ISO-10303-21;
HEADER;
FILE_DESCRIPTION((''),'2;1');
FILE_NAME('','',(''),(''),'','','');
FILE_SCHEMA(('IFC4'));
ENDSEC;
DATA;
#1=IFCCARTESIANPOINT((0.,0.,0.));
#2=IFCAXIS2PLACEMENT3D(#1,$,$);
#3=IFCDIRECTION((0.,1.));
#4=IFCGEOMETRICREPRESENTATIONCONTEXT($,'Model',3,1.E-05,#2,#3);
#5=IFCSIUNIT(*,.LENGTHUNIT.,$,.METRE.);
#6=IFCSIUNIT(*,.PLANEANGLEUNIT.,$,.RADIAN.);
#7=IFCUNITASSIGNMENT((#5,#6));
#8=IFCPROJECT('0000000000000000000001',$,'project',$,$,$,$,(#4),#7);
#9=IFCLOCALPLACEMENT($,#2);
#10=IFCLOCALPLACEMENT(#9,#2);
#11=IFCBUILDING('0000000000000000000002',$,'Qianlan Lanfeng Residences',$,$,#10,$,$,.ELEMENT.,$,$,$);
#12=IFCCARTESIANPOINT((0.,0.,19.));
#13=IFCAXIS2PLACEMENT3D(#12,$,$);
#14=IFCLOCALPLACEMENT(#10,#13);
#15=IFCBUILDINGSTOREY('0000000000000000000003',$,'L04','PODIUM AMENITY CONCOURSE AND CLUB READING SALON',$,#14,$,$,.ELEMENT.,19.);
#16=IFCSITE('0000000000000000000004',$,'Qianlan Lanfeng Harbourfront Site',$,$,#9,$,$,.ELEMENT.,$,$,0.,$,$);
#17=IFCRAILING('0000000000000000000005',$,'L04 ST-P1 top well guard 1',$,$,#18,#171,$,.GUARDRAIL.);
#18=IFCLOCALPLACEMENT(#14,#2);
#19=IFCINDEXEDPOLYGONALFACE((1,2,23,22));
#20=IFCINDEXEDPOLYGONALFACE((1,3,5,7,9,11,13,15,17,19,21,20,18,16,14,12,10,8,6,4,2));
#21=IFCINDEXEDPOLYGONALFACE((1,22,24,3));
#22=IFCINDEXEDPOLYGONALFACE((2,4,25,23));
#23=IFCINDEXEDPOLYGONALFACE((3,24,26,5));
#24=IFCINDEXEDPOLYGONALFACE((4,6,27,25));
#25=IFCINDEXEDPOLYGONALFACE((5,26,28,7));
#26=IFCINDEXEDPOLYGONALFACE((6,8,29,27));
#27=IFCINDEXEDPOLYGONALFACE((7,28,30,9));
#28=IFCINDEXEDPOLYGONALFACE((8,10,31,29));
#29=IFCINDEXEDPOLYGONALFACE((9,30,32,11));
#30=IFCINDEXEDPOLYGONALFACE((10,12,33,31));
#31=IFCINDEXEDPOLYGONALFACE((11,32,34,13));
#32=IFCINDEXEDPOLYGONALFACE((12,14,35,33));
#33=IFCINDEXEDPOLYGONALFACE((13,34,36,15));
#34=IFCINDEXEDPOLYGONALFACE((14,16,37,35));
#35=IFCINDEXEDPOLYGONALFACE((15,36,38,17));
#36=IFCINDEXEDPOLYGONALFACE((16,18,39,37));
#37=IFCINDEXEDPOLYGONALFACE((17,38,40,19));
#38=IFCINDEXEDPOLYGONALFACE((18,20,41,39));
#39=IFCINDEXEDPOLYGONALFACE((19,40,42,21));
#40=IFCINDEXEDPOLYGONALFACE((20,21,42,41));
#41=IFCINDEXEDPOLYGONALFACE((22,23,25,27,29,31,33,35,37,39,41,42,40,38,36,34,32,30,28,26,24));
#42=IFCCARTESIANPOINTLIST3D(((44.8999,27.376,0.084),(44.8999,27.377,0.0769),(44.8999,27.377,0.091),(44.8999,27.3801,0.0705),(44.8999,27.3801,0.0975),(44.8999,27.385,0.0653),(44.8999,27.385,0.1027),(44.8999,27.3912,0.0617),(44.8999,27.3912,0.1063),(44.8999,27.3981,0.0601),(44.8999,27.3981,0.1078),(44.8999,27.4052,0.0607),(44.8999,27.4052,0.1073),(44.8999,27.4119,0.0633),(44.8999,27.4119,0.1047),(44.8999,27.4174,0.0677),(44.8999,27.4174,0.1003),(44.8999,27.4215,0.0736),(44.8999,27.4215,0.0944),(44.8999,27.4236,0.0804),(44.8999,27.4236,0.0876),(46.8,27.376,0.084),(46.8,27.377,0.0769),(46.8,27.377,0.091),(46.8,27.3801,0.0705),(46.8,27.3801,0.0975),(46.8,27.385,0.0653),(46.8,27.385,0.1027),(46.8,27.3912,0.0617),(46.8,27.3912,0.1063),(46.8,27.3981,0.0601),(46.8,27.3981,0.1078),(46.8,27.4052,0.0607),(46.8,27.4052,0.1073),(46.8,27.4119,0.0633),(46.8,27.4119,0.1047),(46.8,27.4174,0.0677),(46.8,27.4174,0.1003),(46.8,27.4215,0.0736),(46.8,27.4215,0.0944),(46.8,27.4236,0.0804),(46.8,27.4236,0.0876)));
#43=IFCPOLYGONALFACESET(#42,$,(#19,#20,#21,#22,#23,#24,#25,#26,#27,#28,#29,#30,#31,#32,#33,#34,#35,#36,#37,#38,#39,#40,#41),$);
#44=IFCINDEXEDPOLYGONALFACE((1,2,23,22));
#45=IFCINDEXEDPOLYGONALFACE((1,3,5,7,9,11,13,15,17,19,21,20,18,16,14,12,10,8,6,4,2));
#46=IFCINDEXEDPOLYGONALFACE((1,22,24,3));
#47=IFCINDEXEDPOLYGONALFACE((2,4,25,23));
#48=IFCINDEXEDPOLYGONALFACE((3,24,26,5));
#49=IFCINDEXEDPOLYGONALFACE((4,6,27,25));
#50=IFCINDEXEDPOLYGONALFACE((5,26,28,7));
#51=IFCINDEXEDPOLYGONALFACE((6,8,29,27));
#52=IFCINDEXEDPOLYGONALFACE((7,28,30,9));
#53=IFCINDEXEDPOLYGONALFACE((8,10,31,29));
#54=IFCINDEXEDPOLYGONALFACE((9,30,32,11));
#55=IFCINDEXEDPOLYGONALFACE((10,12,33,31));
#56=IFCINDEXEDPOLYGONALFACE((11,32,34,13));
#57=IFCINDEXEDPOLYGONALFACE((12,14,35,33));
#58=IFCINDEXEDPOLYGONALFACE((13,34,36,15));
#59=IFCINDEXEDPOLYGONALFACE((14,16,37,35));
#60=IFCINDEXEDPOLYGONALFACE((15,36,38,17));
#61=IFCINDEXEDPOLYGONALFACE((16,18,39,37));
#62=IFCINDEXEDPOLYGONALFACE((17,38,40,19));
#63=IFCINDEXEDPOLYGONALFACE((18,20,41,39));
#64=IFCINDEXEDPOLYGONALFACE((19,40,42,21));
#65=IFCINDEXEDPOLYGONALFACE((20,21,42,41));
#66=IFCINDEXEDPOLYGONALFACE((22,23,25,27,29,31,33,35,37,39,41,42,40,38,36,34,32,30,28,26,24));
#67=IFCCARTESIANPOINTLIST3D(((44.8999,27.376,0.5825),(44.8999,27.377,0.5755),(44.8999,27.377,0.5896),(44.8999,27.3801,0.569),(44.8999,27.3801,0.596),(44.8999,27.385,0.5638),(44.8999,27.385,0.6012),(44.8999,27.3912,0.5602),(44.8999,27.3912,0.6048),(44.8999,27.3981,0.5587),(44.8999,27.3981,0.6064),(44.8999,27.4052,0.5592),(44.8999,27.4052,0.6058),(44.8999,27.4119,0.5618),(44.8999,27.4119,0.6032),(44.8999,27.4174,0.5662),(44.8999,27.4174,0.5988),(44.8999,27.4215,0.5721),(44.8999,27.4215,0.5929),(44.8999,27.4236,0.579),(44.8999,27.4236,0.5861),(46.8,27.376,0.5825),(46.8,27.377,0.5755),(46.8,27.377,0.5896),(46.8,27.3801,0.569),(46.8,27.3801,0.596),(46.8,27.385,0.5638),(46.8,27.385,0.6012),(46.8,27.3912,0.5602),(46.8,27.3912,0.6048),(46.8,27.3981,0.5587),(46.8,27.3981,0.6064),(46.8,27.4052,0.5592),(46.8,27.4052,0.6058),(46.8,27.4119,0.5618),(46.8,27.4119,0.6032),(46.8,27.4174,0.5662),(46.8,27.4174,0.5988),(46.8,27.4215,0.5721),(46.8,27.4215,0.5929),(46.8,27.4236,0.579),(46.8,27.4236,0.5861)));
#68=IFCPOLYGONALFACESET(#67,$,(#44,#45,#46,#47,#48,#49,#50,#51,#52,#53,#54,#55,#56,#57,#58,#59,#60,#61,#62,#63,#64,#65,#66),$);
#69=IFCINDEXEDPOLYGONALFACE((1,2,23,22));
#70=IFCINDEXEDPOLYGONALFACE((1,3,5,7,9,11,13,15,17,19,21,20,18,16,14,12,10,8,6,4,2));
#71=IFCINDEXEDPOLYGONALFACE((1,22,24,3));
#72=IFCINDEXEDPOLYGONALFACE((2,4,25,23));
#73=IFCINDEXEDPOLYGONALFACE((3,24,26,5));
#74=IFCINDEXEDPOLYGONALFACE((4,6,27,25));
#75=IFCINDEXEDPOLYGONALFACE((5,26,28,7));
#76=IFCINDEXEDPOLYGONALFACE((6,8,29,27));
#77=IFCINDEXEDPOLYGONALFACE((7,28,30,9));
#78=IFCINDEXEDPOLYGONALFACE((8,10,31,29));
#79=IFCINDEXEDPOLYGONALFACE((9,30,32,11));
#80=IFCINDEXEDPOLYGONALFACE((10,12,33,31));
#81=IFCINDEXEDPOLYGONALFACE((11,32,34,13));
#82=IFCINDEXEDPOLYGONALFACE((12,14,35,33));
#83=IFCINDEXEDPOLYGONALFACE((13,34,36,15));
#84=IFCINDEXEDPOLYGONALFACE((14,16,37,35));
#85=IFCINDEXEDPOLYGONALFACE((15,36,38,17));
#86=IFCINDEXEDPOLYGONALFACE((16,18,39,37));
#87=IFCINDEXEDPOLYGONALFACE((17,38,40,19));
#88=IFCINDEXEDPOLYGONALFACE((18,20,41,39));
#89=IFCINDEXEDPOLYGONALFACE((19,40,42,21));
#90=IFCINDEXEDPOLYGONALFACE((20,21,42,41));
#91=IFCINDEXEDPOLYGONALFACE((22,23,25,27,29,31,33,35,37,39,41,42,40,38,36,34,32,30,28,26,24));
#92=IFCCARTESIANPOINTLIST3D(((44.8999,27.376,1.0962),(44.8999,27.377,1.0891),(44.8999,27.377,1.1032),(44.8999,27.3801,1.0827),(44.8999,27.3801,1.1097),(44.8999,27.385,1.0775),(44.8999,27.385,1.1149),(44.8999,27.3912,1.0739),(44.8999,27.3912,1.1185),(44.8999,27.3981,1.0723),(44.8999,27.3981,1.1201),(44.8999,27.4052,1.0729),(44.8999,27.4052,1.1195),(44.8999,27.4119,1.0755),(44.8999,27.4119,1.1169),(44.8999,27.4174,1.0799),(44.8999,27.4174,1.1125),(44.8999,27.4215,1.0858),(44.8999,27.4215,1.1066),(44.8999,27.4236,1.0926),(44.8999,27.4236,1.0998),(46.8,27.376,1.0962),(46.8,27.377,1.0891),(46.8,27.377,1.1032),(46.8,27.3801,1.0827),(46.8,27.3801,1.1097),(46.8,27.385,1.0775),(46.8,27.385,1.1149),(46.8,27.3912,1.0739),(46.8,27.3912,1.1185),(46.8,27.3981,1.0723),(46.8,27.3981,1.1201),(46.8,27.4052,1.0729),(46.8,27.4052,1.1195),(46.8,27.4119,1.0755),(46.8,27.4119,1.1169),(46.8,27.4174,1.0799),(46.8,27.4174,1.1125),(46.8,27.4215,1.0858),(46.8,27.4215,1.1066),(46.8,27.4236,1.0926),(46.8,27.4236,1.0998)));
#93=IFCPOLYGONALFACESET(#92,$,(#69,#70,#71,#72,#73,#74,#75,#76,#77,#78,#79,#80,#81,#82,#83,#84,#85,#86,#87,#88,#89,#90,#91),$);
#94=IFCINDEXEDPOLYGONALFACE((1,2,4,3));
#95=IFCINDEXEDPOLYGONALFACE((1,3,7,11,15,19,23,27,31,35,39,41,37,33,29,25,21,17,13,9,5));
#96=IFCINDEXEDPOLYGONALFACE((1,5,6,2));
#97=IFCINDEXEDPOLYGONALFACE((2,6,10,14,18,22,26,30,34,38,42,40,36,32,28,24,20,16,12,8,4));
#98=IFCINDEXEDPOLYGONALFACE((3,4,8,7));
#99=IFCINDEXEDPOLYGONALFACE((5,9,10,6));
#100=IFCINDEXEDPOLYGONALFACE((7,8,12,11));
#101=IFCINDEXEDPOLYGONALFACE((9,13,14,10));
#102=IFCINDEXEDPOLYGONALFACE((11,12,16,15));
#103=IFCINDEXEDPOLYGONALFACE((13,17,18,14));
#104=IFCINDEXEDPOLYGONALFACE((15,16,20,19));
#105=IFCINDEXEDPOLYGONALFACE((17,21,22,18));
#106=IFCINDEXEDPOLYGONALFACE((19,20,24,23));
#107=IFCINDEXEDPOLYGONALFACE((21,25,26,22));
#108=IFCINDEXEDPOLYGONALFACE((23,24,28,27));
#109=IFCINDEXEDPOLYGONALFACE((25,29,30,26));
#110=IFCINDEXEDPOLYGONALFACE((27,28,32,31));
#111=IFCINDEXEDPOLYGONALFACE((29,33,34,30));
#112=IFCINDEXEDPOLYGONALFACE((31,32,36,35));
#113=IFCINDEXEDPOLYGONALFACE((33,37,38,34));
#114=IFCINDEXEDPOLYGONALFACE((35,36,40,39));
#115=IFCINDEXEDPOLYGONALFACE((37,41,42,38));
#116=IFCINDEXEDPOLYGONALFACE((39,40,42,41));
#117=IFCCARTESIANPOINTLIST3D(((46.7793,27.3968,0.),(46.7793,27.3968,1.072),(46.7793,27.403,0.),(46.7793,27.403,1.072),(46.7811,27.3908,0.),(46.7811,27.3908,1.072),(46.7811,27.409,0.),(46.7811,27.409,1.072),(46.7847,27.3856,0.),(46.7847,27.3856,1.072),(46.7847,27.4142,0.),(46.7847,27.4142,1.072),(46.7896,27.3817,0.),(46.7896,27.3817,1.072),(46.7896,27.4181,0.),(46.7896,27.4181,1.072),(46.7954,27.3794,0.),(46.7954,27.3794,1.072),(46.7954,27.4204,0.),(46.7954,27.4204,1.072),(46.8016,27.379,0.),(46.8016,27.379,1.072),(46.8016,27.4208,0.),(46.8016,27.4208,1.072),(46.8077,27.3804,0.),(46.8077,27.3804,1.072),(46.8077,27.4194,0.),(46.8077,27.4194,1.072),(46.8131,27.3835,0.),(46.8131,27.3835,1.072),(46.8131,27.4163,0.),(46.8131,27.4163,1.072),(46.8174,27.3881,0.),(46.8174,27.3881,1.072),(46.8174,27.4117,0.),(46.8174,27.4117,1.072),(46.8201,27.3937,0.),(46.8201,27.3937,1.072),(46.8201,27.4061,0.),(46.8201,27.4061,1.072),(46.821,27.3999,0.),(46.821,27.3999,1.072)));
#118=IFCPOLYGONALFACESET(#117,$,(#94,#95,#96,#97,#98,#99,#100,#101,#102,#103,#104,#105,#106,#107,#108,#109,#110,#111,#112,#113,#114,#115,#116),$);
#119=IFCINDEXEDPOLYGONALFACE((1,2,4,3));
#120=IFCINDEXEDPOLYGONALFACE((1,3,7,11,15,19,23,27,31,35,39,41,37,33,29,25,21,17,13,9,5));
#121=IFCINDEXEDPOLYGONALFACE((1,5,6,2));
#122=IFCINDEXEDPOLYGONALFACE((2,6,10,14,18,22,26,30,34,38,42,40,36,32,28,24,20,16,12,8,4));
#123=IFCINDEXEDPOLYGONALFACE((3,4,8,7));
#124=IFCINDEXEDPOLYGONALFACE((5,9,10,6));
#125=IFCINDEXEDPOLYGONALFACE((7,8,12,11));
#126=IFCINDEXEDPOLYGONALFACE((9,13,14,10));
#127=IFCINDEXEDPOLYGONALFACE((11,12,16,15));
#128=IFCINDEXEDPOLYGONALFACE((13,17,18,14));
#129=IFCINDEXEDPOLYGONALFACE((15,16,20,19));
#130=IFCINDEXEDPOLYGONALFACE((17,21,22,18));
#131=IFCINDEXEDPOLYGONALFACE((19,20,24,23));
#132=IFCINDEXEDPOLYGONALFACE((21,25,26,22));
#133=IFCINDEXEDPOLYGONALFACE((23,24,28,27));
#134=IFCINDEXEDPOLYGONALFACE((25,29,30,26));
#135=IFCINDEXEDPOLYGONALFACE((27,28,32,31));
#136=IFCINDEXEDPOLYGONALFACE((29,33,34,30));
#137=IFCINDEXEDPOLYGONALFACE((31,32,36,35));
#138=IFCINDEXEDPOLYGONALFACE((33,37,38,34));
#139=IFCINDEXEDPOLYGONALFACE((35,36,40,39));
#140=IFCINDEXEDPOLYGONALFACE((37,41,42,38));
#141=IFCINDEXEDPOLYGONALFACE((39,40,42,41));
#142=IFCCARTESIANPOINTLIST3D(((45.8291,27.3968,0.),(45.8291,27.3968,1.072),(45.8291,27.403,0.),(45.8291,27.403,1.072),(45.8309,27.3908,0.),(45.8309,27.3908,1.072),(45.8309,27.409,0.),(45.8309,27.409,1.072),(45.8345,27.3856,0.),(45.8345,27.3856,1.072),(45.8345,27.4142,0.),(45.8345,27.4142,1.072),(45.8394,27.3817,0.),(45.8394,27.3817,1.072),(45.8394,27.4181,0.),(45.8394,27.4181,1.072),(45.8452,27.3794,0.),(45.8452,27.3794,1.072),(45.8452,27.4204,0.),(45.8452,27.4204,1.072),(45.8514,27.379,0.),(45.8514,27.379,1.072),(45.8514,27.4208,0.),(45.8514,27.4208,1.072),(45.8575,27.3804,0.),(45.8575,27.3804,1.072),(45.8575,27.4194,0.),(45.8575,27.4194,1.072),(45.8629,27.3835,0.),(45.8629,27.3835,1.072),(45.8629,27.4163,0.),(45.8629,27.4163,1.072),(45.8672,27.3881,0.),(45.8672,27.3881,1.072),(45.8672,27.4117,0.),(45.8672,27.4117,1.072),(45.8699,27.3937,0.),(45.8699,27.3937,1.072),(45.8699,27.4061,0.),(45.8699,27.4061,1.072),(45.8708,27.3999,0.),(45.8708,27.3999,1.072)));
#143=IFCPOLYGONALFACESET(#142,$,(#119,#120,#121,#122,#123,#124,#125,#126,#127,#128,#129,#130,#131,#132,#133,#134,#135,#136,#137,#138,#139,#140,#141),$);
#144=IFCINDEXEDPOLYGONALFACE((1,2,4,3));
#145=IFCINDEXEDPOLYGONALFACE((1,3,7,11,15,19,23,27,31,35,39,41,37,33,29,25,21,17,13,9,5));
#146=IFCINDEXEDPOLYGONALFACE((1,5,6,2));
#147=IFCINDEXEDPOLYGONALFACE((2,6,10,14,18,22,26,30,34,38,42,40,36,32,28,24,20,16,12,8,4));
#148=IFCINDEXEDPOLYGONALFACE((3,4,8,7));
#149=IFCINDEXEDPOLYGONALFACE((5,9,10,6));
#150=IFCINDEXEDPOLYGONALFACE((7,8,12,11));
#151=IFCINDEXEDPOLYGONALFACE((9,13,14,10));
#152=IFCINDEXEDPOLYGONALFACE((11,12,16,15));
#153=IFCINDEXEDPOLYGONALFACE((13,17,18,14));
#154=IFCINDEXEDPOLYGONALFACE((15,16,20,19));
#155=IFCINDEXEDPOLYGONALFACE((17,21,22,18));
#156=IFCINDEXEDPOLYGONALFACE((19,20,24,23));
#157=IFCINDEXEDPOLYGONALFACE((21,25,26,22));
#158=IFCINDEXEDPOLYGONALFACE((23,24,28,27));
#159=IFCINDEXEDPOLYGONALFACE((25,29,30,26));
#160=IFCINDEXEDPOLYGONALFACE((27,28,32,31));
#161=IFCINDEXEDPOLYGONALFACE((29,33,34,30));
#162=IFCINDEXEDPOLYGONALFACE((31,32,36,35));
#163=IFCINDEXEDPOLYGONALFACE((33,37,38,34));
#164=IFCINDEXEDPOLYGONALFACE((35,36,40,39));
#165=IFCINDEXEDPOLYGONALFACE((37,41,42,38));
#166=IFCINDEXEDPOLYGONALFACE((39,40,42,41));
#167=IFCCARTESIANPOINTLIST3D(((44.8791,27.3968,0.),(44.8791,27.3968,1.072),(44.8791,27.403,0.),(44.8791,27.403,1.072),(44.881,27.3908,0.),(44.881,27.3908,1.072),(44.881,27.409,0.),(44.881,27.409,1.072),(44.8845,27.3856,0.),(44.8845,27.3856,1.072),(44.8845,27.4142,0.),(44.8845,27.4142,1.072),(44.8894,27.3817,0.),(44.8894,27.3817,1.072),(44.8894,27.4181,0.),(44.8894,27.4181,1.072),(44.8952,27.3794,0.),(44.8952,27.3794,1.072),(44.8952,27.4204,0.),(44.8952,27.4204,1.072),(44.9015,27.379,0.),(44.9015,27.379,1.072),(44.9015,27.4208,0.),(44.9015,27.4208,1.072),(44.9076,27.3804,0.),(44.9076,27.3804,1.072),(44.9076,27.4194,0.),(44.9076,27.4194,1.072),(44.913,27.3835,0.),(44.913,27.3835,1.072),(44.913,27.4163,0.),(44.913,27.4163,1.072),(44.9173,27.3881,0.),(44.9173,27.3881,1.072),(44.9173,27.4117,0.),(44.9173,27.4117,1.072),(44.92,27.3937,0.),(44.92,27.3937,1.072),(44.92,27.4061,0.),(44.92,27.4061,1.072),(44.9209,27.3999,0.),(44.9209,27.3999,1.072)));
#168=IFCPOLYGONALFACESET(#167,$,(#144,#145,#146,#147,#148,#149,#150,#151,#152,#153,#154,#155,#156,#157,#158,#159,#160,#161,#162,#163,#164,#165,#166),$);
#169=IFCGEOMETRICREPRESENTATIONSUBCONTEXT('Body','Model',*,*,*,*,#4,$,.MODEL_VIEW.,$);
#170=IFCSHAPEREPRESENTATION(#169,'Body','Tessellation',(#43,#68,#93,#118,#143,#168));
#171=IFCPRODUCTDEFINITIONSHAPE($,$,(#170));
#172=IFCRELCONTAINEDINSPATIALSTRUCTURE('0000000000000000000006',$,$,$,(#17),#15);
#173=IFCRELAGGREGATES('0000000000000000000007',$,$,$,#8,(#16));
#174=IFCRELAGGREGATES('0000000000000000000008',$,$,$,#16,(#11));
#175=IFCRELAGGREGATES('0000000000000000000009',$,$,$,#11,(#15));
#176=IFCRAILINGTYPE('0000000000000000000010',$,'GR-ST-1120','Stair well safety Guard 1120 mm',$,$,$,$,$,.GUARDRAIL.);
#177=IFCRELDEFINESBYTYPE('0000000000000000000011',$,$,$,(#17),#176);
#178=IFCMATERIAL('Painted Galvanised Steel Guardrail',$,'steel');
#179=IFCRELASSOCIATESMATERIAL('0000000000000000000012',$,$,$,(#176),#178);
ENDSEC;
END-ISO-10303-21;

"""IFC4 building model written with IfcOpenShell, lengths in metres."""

from ifc_helpers import new_model, si_unit, direction, frame, origin, origin_2d, place, context, subcontext, project, spatial, circle, extrude, material, type_object, element, save


model = new_model("IFC4")

# Units and contexts
model_context = context("Model", 3, precision=1e-05, world=origin(), true_north=direction((0.0, 1.0)))
body_context = subcontext(model_context, "Body", "Model", "MODEL_VIEW")
ifc_project = project(units=[si_unit("LENGTHUNIT", "METRE"), si_unit("PLANEANGLEUNIT", "RADIAN")], contexts=[model_context])

# Site, building, storey
site_placement = place(None, origin())
site = spatial("IfcSite", under=ifc_project, at=site_placement, Name="Qianlan Lanfeng Harbourfront Site", CompositionType="ELEMENT", RefElevation=0.0)
building_placement = place(site_placement, origin())
building = spatial("IfcBuilding", under=site, at=building_placement, Name="Qianlan Lanfeng Residences", CompositionType="ELEMENT")
storey_placement = place(building_placement, frame((0.0, 0.0, 19.0)))
storey = spatial("IfcBuildingStorey", under=building, at=storey_placement, Name="L04", Description="PODIUM AMENITY CONCOURSE AND CLUB READING SALON", CompositionType="ELEMENT", Elevation=19.0)

# Railing
ifc_material_1 = material(Name="Painted Galvanised Steel Guardrail", Category="steel")
railing_type_1 = type_object("IfcRailingType", Name="GR-ST-1120", Description="Stair well safety Guard 1120 mm", PredefinedType="GUARDRAIL", material=ifc_material_1)
railing_1_placement = place(storey_placement, frame((46.8, 27.3999, 0.0)))
element("IfcRailing", 1, at=railing_1_placement, inside=storey, type_object=railing_type_1, Name="L04 ST-P1 top well guard 1", PredefinedType="GUARDRAIL", context=body_context, shape_type="SweptSolid", body=[
    extrude(circle(Radius=0.0239, at=origin_2d()), frame((0.0, 0.0, 0.084), z_axis=(-1.0, 0.0, 0.0), x_axis=(0.0, -1.0, 0.0)), (0.0, 0.0, 1.0), 1.9001),
    extrude(circle(Radius=0.0239, at=origin_2d()), frame((0.0, 0.0, 0.5825), z_axis=(-1.0, 0.0, 0.0), x_axis=(0.0, -1.0, 0.0)), (0.0, 0.0, 1.0), 1.9001),
    extrude(circle(Radius=0.0239, at=origin_2d()), frame((0.0, 0.0, 1.0962), z_axis=(-1.0, 0.0, 0.0), x_axis=(0.0, -1.0, 0.0)), (0.0, 0.0, 1.0), 1.9001),
    extrude(circle(Radius=0.021, at=origin_2d()), origin(), (0.0, 0.0, 1.0), 1.072),
    extrude(circle(Radius=0.021, at=origin_2d()), frame((-0.9502, 0.0, 0.0)), (0.0, 0.0, 1.0), 1.072),
    extrude(circle(Radius=0.021, at=origin_2d()), frame((-1.9001, 0.0, 0.0)), (0.0, 0.0, 1.0), 1.072),
])

save(model, "model.ifc")
